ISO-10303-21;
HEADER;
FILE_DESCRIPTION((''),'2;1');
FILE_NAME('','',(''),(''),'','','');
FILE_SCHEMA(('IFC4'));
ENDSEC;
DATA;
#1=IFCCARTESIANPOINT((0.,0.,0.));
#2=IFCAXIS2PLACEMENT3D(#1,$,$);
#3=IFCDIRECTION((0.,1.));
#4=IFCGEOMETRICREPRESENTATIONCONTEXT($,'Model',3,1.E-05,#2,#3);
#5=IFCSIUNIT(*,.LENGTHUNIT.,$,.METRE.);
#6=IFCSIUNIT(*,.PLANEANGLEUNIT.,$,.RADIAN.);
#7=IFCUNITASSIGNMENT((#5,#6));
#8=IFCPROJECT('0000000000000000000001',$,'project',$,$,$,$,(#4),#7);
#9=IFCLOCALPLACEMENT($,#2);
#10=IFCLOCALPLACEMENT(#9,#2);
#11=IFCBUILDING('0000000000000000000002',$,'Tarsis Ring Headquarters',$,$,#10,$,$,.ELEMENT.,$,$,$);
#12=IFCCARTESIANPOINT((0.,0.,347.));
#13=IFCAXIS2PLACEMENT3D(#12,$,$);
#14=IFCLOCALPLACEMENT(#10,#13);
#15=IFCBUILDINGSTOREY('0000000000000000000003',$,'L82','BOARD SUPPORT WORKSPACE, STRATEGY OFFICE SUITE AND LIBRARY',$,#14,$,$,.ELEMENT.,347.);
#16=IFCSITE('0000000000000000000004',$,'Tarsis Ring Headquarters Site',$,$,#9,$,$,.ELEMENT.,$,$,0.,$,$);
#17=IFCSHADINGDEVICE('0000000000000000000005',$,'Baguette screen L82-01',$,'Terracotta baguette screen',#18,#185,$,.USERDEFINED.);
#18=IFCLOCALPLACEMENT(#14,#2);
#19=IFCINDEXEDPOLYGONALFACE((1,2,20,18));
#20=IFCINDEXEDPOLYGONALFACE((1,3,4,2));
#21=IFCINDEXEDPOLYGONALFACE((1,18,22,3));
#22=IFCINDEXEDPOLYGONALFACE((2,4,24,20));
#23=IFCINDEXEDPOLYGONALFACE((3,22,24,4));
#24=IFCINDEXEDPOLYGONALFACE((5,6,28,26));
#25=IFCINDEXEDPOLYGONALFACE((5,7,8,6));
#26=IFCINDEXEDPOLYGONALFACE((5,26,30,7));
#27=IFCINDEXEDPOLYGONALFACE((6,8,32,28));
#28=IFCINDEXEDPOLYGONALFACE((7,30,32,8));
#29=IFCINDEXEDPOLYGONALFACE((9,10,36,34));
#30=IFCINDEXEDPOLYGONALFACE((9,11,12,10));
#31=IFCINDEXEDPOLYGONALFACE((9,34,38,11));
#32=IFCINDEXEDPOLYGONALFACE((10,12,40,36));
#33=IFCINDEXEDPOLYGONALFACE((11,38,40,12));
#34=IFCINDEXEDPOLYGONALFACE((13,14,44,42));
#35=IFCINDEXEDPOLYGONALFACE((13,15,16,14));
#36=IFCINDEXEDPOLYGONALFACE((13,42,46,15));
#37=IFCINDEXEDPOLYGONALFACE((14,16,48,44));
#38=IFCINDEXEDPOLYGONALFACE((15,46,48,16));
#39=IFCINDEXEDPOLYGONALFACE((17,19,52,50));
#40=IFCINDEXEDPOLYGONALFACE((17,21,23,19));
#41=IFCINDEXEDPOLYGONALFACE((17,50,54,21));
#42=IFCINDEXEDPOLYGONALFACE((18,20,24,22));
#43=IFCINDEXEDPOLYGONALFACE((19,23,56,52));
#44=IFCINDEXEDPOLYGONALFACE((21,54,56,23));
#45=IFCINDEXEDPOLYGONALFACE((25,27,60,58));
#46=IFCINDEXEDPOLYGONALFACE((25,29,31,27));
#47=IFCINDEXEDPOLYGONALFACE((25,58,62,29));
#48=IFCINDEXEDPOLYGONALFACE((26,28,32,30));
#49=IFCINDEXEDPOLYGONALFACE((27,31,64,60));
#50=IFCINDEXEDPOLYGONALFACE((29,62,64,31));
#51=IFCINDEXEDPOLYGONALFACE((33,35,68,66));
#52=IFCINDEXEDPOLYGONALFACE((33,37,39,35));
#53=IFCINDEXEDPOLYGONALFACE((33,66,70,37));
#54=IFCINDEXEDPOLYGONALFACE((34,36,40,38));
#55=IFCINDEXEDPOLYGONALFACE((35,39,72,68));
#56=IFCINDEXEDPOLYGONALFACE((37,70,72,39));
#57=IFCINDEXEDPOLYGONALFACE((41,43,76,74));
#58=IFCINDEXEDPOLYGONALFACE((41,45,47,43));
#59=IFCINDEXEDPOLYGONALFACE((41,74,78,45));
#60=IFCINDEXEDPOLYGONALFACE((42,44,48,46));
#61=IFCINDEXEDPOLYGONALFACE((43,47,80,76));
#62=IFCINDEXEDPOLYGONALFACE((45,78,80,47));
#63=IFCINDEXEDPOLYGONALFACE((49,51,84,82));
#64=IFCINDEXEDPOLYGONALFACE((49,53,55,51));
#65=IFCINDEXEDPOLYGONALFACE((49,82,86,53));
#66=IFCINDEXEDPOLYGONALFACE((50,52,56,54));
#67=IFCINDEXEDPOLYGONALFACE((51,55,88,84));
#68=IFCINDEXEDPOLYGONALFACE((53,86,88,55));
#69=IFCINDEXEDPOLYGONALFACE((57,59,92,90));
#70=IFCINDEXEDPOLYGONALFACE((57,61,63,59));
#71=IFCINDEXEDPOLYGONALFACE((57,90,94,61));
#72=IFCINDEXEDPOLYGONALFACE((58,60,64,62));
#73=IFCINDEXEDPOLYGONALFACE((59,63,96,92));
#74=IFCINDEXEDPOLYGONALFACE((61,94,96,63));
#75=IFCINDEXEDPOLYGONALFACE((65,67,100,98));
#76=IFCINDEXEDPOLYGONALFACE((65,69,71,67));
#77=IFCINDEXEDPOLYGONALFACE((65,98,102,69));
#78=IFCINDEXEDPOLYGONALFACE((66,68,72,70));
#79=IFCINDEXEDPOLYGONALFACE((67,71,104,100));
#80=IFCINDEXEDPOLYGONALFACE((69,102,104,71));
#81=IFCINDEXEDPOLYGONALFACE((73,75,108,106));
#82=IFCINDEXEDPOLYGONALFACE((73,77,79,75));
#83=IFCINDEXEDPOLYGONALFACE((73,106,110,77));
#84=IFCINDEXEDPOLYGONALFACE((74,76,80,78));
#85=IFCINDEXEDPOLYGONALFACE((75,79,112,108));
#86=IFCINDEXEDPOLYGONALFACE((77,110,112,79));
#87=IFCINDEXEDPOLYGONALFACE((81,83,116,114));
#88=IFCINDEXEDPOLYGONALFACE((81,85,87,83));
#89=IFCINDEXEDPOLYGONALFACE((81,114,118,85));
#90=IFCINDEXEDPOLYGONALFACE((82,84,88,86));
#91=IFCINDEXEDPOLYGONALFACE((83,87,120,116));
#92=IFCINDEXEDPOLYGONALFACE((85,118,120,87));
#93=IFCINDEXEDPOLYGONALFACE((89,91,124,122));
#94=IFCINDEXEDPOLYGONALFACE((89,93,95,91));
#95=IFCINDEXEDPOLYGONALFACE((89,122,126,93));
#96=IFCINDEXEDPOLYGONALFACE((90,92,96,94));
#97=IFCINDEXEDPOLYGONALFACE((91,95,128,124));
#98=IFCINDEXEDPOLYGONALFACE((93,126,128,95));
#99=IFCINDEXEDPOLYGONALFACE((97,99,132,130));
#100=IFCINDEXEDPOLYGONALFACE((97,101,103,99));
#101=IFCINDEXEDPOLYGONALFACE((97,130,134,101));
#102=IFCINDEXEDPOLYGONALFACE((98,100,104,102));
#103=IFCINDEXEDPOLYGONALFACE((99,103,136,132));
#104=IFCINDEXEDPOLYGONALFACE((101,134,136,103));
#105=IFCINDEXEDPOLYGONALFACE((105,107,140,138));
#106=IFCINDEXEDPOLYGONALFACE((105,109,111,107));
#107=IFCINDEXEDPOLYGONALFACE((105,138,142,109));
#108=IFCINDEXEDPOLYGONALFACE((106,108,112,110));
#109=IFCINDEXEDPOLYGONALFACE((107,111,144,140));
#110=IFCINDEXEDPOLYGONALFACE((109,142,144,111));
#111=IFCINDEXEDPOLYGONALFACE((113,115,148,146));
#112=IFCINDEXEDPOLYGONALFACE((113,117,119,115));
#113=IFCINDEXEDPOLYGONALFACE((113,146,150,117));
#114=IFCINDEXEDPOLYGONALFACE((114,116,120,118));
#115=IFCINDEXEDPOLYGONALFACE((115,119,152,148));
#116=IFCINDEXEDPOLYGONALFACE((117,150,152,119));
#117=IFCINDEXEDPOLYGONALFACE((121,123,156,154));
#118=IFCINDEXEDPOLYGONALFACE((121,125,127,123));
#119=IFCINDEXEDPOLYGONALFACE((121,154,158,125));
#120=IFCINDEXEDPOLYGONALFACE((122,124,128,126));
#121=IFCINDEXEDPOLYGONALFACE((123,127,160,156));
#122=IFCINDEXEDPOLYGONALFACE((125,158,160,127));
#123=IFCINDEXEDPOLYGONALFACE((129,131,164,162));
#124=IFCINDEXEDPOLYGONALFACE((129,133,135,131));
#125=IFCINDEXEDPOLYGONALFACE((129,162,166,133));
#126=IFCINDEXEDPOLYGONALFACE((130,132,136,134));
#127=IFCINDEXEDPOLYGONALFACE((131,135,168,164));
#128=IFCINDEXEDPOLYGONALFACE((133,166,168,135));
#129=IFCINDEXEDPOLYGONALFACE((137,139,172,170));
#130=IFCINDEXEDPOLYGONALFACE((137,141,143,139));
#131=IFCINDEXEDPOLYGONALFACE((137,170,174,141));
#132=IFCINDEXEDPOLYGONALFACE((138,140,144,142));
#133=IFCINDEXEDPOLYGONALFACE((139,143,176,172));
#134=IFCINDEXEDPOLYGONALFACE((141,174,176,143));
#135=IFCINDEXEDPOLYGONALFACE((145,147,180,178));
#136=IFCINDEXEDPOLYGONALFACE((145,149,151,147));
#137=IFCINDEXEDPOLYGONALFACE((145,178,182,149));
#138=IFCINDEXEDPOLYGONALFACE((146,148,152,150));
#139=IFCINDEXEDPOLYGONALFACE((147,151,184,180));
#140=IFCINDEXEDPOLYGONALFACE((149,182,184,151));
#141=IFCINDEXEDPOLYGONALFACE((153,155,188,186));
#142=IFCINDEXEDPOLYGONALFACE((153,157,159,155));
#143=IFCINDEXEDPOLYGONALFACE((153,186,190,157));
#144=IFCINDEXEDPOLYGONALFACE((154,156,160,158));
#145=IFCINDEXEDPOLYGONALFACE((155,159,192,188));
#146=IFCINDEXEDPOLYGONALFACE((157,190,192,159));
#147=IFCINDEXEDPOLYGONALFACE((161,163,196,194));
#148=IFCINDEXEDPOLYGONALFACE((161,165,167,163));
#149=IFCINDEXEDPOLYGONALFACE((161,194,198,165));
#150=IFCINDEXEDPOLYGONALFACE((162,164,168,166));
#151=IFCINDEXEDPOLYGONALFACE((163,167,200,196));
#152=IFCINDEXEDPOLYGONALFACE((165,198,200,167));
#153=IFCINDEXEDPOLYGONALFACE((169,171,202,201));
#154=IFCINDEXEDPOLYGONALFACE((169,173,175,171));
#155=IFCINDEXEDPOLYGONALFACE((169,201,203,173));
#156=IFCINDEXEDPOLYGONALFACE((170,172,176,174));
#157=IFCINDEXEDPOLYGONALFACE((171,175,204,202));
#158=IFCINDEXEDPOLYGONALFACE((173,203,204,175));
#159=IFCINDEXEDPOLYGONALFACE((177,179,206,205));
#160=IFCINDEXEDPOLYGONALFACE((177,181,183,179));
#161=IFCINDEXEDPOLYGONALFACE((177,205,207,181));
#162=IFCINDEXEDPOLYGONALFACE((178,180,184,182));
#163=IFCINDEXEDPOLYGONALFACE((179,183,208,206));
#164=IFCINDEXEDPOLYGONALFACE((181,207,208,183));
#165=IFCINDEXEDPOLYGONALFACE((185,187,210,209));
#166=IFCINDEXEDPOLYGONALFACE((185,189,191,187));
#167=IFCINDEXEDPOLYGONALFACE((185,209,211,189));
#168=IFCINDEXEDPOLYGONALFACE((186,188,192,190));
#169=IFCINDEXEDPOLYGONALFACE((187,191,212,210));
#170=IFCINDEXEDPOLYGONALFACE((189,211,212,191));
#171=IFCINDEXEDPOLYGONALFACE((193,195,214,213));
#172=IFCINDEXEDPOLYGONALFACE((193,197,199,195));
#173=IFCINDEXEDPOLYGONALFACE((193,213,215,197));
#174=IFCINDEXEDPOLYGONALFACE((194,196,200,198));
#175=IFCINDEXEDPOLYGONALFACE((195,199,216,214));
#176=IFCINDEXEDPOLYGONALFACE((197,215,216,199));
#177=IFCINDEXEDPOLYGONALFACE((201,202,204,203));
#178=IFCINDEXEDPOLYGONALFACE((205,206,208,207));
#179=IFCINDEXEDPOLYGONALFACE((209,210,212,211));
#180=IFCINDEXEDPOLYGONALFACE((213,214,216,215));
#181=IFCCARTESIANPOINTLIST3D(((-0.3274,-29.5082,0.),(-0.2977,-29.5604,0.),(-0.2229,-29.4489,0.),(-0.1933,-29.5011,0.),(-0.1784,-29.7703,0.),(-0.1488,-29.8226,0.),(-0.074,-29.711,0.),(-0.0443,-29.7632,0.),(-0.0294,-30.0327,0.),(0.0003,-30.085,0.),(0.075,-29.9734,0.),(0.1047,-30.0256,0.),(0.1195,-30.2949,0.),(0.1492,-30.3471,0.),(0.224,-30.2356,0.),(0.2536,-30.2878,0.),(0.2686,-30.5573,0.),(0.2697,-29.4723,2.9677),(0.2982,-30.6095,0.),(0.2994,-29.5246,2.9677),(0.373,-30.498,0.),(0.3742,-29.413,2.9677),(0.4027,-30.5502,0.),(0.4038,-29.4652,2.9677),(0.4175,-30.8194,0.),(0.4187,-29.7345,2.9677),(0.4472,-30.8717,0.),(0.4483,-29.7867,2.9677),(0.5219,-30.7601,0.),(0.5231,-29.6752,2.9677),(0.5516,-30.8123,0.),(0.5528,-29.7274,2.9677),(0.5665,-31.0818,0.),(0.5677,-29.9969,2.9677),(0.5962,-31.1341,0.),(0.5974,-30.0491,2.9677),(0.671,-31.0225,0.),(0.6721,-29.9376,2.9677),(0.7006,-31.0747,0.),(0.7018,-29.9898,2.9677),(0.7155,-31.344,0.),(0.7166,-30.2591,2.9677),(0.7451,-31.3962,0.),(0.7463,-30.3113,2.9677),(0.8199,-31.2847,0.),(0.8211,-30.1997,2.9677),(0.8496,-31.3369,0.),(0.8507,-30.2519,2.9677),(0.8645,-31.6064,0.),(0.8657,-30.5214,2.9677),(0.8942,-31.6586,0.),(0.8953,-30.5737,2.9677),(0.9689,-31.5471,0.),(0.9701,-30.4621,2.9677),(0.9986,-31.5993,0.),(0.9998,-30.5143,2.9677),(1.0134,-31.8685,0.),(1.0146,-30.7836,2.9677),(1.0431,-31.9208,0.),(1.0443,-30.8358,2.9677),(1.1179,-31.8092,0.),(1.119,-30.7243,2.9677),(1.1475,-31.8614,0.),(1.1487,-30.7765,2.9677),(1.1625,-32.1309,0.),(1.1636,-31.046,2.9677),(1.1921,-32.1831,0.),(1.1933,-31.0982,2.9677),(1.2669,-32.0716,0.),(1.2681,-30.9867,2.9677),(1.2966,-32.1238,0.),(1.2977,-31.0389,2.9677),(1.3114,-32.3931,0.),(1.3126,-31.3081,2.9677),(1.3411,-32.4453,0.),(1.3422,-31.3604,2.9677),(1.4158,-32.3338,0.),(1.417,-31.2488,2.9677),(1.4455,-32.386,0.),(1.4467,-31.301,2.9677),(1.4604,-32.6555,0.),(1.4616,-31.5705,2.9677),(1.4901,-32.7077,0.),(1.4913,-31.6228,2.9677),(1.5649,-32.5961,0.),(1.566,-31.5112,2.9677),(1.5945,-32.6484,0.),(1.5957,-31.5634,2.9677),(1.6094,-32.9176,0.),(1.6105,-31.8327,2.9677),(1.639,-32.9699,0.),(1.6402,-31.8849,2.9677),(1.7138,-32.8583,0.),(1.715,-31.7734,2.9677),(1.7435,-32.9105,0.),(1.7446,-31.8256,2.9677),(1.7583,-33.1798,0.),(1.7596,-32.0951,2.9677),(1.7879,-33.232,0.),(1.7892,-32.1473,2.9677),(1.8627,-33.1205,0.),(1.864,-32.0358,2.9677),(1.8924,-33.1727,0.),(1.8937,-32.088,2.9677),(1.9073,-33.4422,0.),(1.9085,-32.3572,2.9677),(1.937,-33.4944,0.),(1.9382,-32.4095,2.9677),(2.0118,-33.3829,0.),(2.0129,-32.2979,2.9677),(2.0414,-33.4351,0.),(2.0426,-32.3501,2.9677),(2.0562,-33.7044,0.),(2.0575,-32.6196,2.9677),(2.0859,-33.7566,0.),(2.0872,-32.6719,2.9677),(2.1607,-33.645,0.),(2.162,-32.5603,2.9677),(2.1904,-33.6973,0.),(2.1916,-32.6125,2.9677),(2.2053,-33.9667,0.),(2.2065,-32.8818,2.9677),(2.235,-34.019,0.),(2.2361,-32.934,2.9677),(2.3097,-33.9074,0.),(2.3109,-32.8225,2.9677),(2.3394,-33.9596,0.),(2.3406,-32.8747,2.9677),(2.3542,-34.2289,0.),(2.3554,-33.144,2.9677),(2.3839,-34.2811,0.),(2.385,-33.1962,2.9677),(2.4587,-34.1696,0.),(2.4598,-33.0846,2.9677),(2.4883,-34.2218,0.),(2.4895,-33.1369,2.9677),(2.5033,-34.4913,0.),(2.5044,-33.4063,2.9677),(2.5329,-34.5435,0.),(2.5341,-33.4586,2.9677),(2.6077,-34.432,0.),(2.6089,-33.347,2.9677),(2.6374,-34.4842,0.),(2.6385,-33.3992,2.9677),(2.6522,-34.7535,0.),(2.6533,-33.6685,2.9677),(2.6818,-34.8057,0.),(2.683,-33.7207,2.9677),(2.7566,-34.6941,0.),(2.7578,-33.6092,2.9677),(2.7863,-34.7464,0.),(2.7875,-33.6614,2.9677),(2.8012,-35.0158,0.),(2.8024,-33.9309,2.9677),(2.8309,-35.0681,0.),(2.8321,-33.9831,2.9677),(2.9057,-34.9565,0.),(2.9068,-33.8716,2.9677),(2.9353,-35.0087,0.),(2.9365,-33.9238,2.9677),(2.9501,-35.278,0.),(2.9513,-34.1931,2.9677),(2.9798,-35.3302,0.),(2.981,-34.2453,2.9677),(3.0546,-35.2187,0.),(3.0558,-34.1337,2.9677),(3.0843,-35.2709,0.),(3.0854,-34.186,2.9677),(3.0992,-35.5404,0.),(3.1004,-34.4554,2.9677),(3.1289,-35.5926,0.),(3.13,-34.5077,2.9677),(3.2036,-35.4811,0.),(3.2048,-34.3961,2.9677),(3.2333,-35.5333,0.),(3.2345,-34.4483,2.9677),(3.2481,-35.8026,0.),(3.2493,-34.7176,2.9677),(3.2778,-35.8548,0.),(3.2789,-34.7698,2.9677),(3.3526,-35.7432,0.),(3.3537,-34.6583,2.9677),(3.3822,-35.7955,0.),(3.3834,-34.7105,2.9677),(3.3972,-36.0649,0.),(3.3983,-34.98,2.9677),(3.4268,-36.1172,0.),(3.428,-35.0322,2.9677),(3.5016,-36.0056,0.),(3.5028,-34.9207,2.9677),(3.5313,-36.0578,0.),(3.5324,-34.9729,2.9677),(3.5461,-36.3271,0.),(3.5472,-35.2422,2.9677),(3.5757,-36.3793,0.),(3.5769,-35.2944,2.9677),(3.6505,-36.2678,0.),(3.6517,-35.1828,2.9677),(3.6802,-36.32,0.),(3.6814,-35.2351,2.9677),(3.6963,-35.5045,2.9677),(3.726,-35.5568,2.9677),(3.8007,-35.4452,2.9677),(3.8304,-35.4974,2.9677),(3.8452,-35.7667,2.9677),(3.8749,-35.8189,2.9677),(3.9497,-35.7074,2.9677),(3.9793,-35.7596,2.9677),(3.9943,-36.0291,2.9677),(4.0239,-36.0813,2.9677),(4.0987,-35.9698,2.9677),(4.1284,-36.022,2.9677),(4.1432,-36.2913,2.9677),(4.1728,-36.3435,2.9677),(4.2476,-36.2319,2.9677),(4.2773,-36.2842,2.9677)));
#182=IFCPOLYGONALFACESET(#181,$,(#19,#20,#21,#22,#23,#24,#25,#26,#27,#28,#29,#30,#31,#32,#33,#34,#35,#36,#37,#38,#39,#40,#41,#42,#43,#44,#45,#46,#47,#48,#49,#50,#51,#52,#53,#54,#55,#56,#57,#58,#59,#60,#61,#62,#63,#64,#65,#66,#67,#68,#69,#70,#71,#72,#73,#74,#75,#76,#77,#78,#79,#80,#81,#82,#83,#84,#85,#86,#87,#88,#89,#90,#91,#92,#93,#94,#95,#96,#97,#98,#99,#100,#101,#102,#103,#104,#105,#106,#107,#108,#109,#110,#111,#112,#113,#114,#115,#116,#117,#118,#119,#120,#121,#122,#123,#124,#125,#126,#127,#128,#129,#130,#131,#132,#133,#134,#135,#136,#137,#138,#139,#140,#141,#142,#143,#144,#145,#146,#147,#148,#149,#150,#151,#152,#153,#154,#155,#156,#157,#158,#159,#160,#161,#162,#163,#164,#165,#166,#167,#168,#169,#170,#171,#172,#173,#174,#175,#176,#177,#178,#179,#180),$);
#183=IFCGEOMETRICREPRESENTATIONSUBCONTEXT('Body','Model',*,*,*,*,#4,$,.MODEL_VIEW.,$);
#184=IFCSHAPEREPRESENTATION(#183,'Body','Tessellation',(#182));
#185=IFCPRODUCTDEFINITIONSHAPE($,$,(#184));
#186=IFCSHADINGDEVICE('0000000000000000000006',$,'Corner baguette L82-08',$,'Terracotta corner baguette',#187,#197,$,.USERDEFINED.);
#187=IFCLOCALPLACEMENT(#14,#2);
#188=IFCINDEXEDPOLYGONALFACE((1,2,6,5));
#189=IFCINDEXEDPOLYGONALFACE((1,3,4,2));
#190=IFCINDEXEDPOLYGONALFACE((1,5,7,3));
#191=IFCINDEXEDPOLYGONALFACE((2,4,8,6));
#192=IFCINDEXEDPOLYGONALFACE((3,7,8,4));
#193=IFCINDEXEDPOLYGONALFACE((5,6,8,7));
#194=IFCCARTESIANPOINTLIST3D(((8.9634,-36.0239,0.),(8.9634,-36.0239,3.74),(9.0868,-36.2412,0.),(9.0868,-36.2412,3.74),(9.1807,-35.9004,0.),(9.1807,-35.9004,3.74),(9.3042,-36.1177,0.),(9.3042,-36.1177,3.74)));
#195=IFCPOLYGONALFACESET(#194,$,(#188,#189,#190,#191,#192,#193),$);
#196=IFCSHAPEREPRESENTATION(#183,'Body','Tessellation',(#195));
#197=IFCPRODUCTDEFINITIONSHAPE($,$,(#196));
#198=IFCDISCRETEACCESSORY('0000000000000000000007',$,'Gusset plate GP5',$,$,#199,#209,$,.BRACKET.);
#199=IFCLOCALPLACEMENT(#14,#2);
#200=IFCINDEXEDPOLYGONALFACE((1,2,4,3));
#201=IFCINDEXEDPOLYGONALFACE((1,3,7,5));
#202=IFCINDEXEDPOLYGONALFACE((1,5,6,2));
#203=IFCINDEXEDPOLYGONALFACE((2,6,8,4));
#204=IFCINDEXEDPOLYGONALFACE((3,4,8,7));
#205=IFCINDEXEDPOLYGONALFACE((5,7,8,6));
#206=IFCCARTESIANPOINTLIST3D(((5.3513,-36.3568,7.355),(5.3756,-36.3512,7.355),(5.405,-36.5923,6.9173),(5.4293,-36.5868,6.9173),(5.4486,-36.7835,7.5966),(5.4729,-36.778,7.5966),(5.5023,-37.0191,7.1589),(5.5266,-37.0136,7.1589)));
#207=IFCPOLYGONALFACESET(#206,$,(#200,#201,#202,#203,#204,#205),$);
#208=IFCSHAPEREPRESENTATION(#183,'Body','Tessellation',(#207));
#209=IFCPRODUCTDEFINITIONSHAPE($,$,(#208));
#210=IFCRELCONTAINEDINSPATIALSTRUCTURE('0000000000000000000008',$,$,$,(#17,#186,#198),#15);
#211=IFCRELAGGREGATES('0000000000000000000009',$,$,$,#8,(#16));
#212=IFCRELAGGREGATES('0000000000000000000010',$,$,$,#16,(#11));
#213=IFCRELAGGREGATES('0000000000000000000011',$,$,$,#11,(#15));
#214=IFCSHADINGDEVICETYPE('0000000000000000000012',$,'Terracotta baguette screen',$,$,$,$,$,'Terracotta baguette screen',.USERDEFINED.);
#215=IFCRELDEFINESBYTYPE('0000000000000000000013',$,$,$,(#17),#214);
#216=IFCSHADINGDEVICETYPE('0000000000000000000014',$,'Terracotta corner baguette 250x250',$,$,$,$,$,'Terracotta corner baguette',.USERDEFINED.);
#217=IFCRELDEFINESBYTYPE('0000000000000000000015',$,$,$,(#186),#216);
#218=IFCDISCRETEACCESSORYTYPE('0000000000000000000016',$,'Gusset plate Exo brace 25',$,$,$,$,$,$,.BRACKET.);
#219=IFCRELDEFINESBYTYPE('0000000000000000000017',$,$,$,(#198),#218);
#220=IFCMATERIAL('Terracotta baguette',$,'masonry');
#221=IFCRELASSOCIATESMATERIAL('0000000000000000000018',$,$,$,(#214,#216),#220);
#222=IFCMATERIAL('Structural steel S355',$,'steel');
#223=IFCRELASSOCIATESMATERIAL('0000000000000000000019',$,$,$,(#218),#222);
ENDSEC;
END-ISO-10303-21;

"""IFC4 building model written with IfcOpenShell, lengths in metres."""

from ifc_helpers import new_model, si_unit, direction, frame, frame_2d, origin, origin_2d, place, context, subcontext, project, spatial, rectangle, composite_profile, extrude, material, material_profile, profile_set, type_object, element, save


model = new_model("IFC4")

# Units and contexts
model_context = context("Model", 3, precision=1e-05, world=origin(), true_north=direction((0.0, 1.0)))
body_context = subcontext(model_context, "Body", "Model", "MODEL_VIEW")
ifc_project = project(units=[si_unit("LENGTHUNIT", "METRE"), si_unit("PLANEANGLEUNIT", "RADIAN")], contexts=[model_context])

# Site, building, storey
site_placement = place(None, origin())
site = spatial("IfcSite", under=ifc_project, at=site_placement, Name="Tarsis Ring Headquarters Site", CompositionType="ELEMENT", RefElevation=0.0)
building_placement = place(site_placement, origin())
building = spatial("IfcBuilding", under=site, at=building_placement, Name="Tarsis Ring Headquarters", CompositionType="ELEMENT")
storey_placement = place(building_placement, frame((0.0, 0.0, 347.0)))
storey = spatial("IfcBuildingStorey", under=building, at=storey_placement, Name="L82", Description="BOARD SUPPORT WORKSPACE, STRATEGY OFFICE SUITE AND LIBRARY", CompositionType="ELEMENT", Elevation=347.0)

# Shared definitions
ifc_material_1 = material(Name="Structural steel S355", Category="steel")

# Shading devices
ifc_material_2 = material(Name="Terracotta baguette", Category="masonry")
shading_device_type_1 = type_object("IfcShadingDeviceType", Name="Terracotta baguette screen", ElementType="Terracotta baguette screen", PredefinedType="USERDEFINED", material=ifc_material_2)
shading_device_1_placement = place(storey_placement, frame((-0.2751, -29.4785, 0.0), z_axis=(0.0, 0.0, 1.0), x_axis=(0.493914, -0.869501, 0.0)))
element("IfcShadingDevice", 1, at=shading_device_1_placement, inside=storey, type_object=shading_device_type_1, Name="Baguette screen L82-01", ObjectType="Terracotta baguette screen", PredefinedType="USERDEFINED", context=body_context, shape_type="SweptSolid", body=[
    extrude(composite_profile([rectangle(XDim=0.0601, YDim=0.1201, at=frame_2d((0.03, 0.0))), rectangle(XDim=0.0601, YDim=0.1201, at=frame_2d((0.3315, 0.0))), rectangle(XDim=0.0601, YDim=0.1201, at=frame_2d((0.6333, 0.0))), rectangle(XDim=0.0601, YDim=0.1201, at=frame_2d((0.9348, 0.0))), rectangle(XDim=0.0601, YDim=0.1201, at=frame_2d((1.2366, 0.0))), rectangle(XDim=0.0601, YDim=0.1201, at=frame_2d((1.5381, 0.0))), rectangle(XDim=0.0601, YDim=0.1201, at=frame_2d((1.8398, 0.0))), rectangle(XDim=0.0601, YDim=0.1201, at=frame_2d((2.1414, 0.0))), rectangle(XDim=0.0601, YDim=0.1201, at=frame_2d((2.4431, 0.0))), rectangle(XDim=0.0601, YDim=0.1201, at=frame_2d((2.7446, 0.0))), rectangle(XDim=0.0601, YDim=0.1201, at=frame_2d((3.0464, 0.0))), rectangle(XDim=0.0601, YDim=0.1201, at=frame_2d((3.3479, 0.0))), rectangle(XDim=0.0601, YDim=0.1201, at=frame_2d((3.6497, 0.0))), rectangle(XDim=0.0601, YDim=0.1201, at=frame_2d((3.9512, 0.0))), rectangle(XDim=0.0601, YDim=0.1201, at=frame_2d((4.2527, 0.0))), rectangle(XDim=0.0601, YDim=0.1201, at=frame_2d((4.5544, 0.0))), rectangle(XDim=0.0601, YDim=0.1201, at=frame_2d((4.856, 0.0))), rectangle(XDim=0.0601, YDim=0.1201, at=frame_2d((5.1577, 0.0))), rectangle(XDim=0.0601, YDim=0.1201, at=frame_2d((5.4592, 0.0))), rectangle(XDim=0.0601, YDim=0.1201, at=frame_2d((5.761, 0.0))), rectangle(XDim=0.0601, YDim=0.1201, at=frame_2d((6.0625, 0.0))), rectangle(XDim=0.0601, YDim=0.1201, at=frame_2d((6.3643, 0.0))), rectangle(XDim=0.0601, YDim=0.1201, at=frame_2d((6.6658, 0.0))), rectangle(XDim=0.0601, YDim=0.1201, at=frame_2d((6.9675, 0.0))), rectangle(XDim=0.0601, YDim=0.1201, at=frame_2d((7.269, 0.0))), rectangle(XDim=0.0601, YDim=0.1201, at=frame_2d((7.5708, 0.0))), rectangle(XDim=0.0601, YDim=0.1201, at=frame_2d((7.8723, 0.0)))]), origin(), (0.087122, 0.177346, 0.980285), 3.0273),
])
shading_device_type_2 = type_object("IfcShadingDeviceType", Name="Terracotta corner baguette 250x250", ElementType="Terracotta corner baguette", PredefinedType="USERDEFINED", material=ifc_material_2)
shading_device_2_placement = place(storey_placement, frame((9.1338, -36.0708, 0.0), z_axis=(0.0, 0.0, 1.0), x_axis=(0.869495, 0.493942, 0.0)))
element("IfcShadingDevice", 2, at=shading_device_2_placement, inside=storey, type_object=shading_device_type_2, Name="Corner baguette L82-08", ObjectType="Terracotta corner baguette", PredefinedType="USERDEFINED", context=body_context, shape_type="SweptSolid", body=[
    extrude(rectangle(XDim=0.25, YDim=0.25, at=origin_2d()), origin(), (0.0, 0.0, 1.0), 3.74),
])

# Discrete accessory
ifc_material_profile_1 = material_profile(ifc_material_1, rectangle(XDim=0.0249, YDim=0.5, at=origin_2d()), Name="PL 25x500")
ifc_profile_set_1 = profile_set([ifc_material_profile_1], Name="Structural steel S355")
discrete_accessory_type = type_object("IfcDiscreteAccessoryType", Name="Gusset plate Exo brace 25", PredefinedType="BRACKET", material=ifc_profile_set_1)
discrete_accessory_placement = place(storey_placement, frame((5.4121, -36.5674, 7.4758), z_axis=(0.10742, -0.471182, -0.875471), x_axis=(0.974984, 0.222276, 0.0)))
element("IfcDiscreteAccessory", 3, at=discrete_accessory_placement, inside=storey, type_object=discrete_accessory_type, Name="Gusset plate GP5", PredefinedType="BRACKET", context=body_context, shape_type="SweptSolid", body=[
    extrude(rectangle(XDim=0.0249, YDim=0.5, at=origin_2d()), origin(), (0.0, 0.0, 1.0), 0.5),
])

save(model, "model.ifc")
